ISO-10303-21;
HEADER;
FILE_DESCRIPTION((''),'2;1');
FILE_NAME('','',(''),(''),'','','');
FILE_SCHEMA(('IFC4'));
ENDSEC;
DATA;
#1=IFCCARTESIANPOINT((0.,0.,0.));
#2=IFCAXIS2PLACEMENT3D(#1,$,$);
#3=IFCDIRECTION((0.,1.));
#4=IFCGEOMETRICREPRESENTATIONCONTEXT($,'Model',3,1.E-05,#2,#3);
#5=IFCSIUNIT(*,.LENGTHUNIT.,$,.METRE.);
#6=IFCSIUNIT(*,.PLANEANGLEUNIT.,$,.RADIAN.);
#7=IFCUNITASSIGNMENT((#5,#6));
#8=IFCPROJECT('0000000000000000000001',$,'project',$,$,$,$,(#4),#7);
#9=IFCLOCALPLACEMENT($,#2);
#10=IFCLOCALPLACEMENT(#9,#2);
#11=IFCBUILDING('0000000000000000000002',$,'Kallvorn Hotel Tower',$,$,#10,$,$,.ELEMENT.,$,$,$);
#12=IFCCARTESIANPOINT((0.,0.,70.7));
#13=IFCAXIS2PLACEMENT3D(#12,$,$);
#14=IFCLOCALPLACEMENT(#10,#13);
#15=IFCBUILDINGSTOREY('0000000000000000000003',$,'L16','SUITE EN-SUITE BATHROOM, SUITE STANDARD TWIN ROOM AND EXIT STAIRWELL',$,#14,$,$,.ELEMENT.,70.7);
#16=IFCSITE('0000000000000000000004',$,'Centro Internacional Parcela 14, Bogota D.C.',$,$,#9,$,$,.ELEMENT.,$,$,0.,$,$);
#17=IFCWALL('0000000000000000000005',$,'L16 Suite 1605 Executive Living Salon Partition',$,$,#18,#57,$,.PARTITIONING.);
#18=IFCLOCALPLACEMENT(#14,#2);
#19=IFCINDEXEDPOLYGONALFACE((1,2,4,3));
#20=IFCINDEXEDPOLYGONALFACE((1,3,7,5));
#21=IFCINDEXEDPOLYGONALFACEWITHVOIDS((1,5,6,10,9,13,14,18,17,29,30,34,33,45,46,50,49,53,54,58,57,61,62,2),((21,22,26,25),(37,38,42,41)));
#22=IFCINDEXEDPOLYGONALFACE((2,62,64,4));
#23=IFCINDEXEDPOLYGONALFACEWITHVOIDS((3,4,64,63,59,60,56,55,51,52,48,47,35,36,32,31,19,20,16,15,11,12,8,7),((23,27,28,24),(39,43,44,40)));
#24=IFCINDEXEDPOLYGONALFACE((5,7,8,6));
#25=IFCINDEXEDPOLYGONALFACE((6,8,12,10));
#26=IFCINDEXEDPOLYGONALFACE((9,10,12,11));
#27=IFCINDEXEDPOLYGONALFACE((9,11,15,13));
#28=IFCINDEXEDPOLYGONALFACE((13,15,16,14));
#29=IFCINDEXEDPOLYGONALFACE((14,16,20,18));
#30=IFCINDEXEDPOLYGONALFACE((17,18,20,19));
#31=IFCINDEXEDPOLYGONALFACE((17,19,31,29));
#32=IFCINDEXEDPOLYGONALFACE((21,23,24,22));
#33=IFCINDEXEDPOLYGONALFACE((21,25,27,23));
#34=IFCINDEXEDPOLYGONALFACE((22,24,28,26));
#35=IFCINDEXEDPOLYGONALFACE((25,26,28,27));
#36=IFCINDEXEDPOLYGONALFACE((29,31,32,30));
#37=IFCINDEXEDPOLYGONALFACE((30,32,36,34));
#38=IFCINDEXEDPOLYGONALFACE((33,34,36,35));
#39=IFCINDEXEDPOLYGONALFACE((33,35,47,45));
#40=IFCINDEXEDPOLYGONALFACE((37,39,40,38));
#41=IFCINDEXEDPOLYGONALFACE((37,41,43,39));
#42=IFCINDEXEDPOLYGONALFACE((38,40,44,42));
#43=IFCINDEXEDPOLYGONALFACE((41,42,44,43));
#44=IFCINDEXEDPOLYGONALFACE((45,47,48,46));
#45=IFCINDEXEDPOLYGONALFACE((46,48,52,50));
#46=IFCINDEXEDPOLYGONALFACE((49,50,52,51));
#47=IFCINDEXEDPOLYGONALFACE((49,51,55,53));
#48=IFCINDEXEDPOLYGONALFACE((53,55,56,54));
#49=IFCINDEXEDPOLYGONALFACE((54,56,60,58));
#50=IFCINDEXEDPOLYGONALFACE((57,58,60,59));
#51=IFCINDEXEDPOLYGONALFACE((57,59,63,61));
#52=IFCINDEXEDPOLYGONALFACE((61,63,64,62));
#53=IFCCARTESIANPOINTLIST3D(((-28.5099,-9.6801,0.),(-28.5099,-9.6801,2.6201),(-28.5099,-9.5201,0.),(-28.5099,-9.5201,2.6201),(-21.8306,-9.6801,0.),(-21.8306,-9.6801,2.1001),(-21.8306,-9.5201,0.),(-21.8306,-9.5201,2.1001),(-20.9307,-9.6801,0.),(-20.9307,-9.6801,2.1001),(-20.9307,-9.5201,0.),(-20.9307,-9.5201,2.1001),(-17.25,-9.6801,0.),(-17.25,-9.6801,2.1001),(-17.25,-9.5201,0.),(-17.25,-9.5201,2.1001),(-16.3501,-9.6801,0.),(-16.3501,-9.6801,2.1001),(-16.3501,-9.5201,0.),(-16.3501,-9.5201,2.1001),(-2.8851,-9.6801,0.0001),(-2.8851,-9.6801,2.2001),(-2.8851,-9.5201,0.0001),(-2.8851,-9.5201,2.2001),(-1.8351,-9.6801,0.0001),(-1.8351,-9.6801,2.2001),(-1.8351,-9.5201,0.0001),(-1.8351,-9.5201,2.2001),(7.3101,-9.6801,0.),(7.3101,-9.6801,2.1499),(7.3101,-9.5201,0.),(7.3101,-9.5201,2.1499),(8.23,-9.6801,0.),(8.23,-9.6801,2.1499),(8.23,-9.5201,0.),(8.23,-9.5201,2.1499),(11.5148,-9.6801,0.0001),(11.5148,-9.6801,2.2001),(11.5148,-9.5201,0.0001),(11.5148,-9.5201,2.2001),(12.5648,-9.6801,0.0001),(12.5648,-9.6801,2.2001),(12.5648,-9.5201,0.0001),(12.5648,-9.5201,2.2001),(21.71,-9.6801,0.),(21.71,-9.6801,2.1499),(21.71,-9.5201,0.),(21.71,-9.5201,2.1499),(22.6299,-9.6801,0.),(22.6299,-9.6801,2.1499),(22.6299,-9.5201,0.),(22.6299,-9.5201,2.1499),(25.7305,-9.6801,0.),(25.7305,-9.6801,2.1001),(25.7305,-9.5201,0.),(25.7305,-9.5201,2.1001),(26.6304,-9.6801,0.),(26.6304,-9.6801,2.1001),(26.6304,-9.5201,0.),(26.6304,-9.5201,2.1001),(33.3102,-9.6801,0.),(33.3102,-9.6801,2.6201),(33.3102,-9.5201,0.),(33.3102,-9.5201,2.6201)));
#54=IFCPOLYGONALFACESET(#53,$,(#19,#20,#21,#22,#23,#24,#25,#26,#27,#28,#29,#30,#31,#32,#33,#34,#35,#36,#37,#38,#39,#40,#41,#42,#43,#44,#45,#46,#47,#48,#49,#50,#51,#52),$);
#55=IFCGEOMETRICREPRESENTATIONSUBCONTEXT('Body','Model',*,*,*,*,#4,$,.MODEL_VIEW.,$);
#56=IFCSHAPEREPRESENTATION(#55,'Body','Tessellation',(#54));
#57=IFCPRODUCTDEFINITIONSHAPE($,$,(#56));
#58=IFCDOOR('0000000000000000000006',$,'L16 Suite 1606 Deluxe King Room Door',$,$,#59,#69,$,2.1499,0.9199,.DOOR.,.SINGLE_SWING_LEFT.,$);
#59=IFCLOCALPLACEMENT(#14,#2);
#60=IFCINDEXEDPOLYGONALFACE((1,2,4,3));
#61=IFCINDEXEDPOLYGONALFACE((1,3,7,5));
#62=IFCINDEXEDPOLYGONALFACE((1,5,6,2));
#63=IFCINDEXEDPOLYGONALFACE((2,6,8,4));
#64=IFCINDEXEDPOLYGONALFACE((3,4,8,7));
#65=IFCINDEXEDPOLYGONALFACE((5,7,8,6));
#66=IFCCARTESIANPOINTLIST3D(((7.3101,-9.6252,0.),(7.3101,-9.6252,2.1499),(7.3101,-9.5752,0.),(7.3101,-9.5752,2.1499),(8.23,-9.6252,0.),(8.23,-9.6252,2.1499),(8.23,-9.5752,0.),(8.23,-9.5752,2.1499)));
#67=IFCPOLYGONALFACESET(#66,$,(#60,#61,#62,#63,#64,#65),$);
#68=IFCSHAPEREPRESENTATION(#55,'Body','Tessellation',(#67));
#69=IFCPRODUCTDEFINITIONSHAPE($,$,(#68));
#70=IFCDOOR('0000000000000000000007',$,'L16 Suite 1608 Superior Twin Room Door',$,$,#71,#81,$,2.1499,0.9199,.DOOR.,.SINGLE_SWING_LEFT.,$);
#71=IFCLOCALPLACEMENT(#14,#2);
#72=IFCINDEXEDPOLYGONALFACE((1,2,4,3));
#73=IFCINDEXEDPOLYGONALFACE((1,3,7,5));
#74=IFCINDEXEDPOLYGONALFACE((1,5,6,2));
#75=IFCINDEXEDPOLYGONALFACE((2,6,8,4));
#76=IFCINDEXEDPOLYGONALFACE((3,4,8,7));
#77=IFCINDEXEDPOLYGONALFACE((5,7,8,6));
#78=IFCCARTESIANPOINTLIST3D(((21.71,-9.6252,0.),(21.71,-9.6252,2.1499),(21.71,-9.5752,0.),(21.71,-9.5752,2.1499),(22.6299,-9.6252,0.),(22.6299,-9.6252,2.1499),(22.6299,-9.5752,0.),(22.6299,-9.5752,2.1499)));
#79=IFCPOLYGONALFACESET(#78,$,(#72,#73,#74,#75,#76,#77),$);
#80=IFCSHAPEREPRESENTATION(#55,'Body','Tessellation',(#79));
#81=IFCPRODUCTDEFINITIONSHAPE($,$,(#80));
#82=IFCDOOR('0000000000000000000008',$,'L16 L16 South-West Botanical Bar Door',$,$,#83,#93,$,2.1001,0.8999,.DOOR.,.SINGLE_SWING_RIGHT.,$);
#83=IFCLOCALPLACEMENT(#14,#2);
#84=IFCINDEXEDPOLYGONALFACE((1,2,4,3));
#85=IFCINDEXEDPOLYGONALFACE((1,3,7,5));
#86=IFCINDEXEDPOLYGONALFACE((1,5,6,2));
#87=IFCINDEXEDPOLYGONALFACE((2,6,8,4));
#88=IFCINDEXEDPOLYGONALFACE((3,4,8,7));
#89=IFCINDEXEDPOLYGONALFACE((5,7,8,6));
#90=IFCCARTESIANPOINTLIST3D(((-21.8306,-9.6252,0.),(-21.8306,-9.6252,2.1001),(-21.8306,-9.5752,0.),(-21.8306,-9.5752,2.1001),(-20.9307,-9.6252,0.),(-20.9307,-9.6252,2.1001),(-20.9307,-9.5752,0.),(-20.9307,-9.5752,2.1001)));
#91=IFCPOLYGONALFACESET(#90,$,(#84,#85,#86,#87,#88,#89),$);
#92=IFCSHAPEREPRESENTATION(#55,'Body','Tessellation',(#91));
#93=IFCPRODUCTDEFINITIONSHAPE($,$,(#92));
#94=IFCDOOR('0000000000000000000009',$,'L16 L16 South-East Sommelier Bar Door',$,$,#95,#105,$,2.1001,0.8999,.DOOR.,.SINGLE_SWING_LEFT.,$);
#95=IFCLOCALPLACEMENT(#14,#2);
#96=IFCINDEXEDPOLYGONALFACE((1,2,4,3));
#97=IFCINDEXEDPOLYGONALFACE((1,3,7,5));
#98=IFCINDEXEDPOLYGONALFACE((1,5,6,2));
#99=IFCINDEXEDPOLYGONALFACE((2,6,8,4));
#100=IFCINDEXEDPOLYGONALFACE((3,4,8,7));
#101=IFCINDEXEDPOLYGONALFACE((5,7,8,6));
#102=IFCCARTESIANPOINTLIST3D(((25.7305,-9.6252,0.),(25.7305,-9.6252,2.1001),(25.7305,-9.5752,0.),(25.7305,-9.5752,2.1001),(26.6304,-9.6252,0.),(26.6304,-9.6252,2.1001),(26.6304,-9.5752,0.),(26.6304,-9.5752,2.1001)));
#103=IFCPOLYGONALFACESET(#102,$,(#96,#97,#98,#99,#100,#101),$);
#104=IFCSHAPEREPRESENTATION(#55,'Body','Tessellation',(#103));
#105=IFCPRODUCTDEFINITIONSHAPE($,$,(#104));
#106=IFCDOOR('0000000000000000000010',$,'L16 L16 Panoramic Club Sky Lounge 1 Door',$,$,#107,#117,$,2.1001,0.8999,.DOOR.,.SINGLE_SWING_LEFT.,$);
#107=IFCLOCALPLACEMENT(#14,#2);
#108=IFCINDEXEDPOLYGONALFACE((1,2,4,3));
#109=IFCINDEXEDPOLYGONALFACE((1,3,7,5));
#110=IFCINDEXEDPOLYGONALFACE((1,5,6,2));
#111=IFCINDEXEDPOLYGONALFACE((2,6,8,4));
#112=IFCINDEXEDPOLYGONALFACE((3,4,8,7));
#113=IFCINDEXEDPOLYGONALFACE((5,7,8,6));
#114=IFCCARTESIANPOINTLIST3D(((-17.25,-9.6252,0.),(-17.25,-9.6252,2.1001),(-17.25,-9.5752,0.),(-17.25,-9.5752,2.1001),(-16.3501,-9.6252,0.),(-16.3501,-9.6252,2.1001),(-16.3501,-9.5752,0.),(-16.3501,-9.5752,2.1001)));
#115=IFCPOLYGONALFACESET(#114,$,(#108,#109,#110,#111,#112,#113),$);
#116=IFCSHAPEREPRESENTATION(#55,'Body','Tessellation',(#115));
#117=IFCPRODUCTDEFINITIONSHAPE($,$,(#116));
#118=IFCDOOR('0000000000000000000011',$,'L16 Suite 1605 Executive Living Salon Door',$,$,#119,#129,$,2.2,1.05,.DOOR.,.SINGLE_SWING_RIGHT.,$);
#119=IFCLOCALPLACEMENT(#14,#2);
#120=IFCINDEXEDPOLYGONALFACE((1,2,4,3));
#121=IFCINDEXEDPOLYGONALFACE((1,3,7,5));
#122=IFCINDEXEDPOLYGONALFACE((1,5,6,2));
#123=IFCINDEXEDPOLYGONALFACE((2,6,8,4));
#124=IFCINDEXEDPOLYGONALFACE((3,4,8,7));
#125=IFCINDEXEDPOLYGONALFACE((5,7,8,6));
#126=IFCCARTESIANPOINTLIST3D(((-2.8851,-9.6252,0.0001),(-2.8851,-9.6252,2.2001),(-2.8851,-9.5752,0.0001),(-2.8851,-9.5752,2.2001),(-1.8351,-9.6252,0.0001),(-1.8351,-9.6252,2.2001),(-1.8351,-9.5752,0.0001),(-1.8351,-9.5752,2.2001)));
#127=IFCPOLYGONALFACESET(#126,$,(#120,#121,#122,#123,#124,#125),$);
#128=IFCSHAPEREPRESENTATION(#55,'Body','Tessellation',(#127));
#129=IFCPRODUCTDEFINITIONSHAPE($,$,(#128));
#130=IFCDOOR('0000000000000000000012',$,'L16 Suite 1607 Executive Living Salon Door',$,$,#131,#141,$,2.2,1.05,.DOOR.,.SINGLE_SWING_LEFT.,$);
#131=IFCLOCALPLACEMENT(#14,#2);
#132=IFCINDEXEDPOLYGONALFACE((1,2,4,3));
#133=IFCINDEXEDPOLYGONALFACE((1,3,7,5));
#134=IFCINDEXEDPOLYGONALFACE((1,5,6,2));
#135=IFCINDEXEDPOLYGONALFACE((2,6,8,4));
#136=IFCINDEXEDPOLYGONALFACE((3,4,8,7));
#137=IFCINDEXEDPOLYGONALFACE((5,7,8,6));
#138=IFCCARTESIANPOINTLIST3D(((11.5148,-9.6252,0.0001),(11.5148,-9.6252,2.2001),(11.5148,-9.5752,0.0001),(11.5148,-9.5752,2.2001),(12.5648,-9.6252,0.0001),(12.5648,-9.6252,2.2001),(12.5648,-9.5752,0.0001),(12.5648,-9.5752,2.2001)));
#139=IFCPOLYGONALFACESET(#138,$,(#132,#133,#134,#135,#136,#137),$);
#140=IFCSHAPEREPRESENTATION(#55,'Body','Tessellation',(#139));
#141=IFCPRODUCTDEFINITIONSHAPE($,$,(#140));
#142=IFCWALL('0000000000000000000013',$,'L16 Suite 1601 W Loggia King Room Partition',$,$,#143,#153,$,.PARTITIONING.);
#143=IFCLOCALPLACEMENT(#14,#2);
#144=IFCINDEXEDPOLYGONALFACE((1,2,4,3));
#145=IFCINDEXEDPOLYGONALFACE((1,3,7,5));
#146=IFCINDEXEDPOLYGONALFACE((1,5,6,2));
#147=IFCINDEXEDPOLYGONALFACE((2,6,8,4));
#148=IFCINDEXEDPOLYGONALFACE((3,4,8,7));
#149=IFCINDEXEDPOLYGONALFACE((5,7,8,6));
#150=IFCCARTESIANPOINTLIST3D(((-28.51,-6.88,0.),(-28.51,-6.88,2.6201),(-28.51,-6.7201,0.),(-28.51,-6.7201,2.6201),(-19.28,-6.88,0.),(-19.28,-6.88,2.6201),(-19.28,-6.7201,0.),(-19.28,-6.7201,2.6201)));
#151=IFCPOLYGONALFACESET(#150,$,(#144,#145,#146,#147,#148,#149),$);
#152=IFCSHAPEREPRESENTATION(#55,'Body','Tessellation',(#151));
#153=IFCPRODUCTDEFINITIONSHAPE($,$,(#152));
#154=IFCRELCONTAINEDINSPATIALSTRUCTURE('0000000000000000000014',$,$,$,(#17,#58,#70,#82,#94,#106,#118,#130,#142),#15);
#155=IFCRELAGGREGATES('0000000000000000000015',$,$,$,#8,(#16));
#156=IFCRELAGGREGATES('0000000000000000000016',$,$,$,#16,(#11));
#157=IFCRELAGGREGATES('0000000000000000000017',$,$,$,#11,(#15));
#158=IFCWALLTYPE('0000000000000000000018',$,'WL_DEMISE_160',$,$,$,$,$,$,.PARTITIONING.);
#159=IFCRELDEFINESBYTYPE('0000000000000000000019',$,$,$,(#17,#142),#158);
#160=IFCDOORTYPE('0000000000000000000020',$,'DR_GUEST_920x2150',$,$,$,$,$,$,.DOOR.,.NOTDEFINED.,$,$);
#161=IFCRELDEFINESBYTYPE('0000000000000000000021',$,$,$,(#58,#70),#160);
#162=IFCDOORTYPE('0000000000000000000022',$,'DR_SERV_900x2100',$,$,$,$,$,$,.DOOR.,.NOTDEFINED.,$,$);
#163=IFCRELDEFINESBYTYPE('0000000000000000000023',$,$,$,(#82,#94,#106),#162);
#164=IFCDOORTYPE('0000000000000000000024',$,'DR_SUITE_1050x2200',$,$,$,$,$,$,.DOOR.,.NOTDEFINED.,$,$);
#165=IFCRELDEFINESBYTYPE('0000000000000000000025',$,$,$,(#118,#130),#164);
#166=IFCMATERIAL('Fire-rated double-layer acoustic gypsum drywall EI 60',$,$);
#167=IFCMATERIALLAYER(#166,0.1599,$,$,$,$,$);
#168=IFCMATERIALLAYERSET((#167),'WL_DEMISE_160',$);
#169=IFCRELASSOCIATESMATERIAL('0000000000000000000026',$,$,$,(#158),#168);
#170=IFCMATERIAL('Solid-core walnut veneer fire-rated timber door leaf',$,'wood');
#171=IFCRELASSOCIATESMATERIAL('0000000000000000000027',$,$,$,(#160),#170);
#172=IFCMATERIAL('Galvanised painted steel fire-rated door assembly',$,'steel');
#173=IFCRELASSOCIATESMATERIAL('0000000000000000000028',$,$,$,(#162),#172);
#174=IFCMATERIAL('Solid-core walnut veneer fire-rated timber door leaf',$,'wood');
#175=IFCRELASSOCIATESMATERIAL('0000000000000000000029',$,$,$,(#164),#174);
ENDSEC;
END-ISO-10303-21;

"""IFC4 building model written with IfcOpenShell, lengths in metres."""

from ifc_helpers import new_model, si_unit, direction, frame, frame_2d, origin, place, context, subcontext, project, spatial, rectangle, extrude, material, layer, layer_set, type_object, element, fill, save


model = new_model("IFC4")

# Units and contexts
model_context = context("Model", 3, precision=1e-05, world=origin(), true_north=direction((0.0, 1.0)))
body_context = subcontext(model_context, "Body", "Model", "MODEL_VIEW")
ifc_project = project(units=[si_unit("LENGTHUNIT", "METRE"), si_unit("PLANEANGLEUNIT", "RADIAN")], contexts=[model_context])

# Site, building, storey
site_placement = place(None, origin())
site = spatial("IfcSite", under=ifc_project, at=site_placement, Name="Centro Internacional Parcela 14, Bogota D.C.", CompositionType="ELEMENT", RefElevation=0.0)
building_placement = place(site_placement, origin())
building = spatial("IfcBuilding", under=site, at=building_placement, Name="Kallvorn Hotel Tower", CompositionType="ELEMENT")
storey_placement = place(building_placement, frame((0.0, 0.0, 70.7)))
storey = spatial("IfcBuildingStorey", under=building, at=storey_placement, Name="L16", Description="SUITE EN-SUITE BATHROOM, SUITE STANDARD TWIN ROOM AND EXIT STAIRWELL", CompositionType="ELEMENT", Elevation=70.7)

# Wall, openings, doors
ifc_material_1 = material(Name="Fire-rated double-layer acoustic gypsum drywall EI 60")
ifc_layer = layer(ifc_material_1, 0.1599)
ifc_layer_set = layer_set([ifc_layer], Name="WL_DEMISE_160")
wall_type = type_object("IfcWallType", Name="WL_DEMISE_160", PredefinedType="PARTITIONING", material=ifc_layer_set)
wall_1_placement = place(storey_placement, frame((-28.51, -9.6001, 0.0), z_axis=(0.0, 0.0, 1.0), x_axis=(1.0, 0.0, 0.0)))
wall_1 = element("IfcWall", 1, at=wall_1_placement, inside=storey, type_object=wall_type, Name="L16 Suite 1605 Executive Living Salon Partition", PredefinedType="PARTITIONING", context=body_context, shape_type="SweptSolid", body=[
    extrude(rectangle(XDim=61.8201, YDim=0.1599, at=frame_2d((30.9102, 0.0))), origin(), (0.0, 0.0, 1.0), 2.6201),
])
opening_1_placement = place(wall_1_placement, frame((6.6794, 0.0, 0.0)))
opening_1 = element("IfcOpeningElement", 2, at=opening_1_placement, cuts=wall_1, PredefinedType="OPENING", context=body_context, shape_type="SweptSolid", body=[
    extrude(rectangle(XDim=0.8999, YDim=2.1001, at=frame_2d((0.45, 1.05))), frame((0.0, 0.095, 0.0), z_axis=(0.0, -1.0, 0.0), x_axis=(1.0, 0.0, 0.0)), (0.0, 0.0, 1.0), 0.1899),
])
opening_2_placement = place(wall_1_placement, frame((54.2405, 0.0, 0.0)))
opening_2 = element("IfcOpeningElement", 3, at=opening_2_placement, cuts=wall_1, PredefinedType="OPENING", context=body_context, shape_type="SweptSolid", body=[
    extrude(rectangle(XDim=0.8999, YDim=2.1001, at=frame_2d((0.45, 1.05))), frame((0.0, 0.095, 0.0), z_axis=(0.0, -1.0, 0.0), x_axis=(1.0, 0.0, 0.0)), (0.0, 0.0, 1.0), 0.1899),
])
opening_3_placement = place(wall_1_placement, frame((11.26, 0.0, 0.0)))
opening_3 = element("IfcOpeningElement", 4, at=opening_3_placement, cuts=wall_1, PredefinedType="OPENING", context=body_context, shape_type="SweptSolid", body=[
    extrude(rectangle(XDim=0.8999, YDim=2.1001, at=frame_2d((0.45, 1.05))), frame((0.0, 0.095, 0.0), z_axis=(0.0, -1.0, 0.0), x_axis=(1.0, 0.0, 0.0)), (0.0, 0.0, 1.0), 0.1899),
])
opening_4_placement = place(wall_1_placement, frame((25.625, 0.0, 0.0)))
opening_4 = element("IfcOpeningElement", 5, at=opening_4_placement, cuts=wall_1, PredefinedType="OPENING", context=body_context, shape_type="SweptSolid", body=[
    extrude(rectangle(XDim=1.05, YDim=2.2, at=frame_2d((0.5249, 1.1001))), frame((0.0, 0.095, 0.0), z_axis=(0.0, -1.0, 0.0), x_axis=(1.0, 0.0, 0.0)), (0.0, 0.0, 1.0), 0.1899),
])
opening_5_placement = place(wall_1_placement, frame((35.8201, 0.0, 0.0)))
opening_5 = element("IfcOpeningElement", 6, at=opening_5_placement, cuts=wall_1, PredefinedType="OPENING", context=body_context, shape_type="SweptSolid", body=[
    extrude(rectangle(XDim=0.9199, YDim=2.1499, at=frame_2d((0.46, 1.075))), frame((0.0, 0.095, 0.0), z_axis=(0.0, -1.0, 0.0), x_axis=(1.0, 0.0, 0.0)), (0.0, 0.0, 1.0), 0.1899),
])
opening_6_placement = place(wall_1_placement, frame((40.0249, 0.0, 0.0)))
opening_6 = element("IfcOpeningElement", 7, at=opening_6_placement, cuts=wall_1, PredefinedType="OPENING", context=body_context, shape_type="SweptSolid", body=[
    extrude(rectangle(XDim=1.05, YDim=2.2, at=frame_2d((0.5249, 1.1001))), frame((0.0, 0.095, 0.0), z_axis=(0.0, -1.0, 0.0), x_axis=(1.0, 0.0, 0.0)), (0.0, 0.0, 1.0), 0.1899),
])
opening_7_placement = place(wall_1_placement, frame((50.22, 0.0, 0.0)))
opening_7 = element("IfcOpeningElement", 8, at=opening_7_placement, cuts=wall_1, PredefinedType="OPENING", context=body_context, shape_type="SweptSolid", body=[
    extrude(rectangle(XDim=0.9199, YDim=2.1499, at=frame_2d((0.46, 1.075))), frame((0.0, 0.095, 0.0), z_axis=(0.0, -1.0, 0.0), x_axis=(1.0, 0.0, 0.0)), (0.0, 0.0, 1.0), 0.1899),
])
ifc_material_2 = material(Name="Solid-core walnut veneer fire-rated timber door leaf", Category="wood")
door_type_1 = type_object("IfcDoorType", Name="DR_GUEST_920x2150", OperationType="NOTDEFINED", PredefinedType="DOOR", material=ifc_material_2)
door_1_placement = place(opening_5_placement, origin())
door_1 = element("IfcDoor", 9, at=door_1_placement, inside=storey, type_object=door_type_1, Name="L16 Suite 1606 Deluxe King Room Door", OperationType="SINGLE_SWING_LEFT", OverallHeight=2.1499, OverallWidth=0.9199, PredefinedType="DOOR", context=body_context, shape_type="SweptSolid", body=[
    extrude(rectangle(XDim=0.9199, YDim=2.1499, at=frame_2d((0.46, 1.075))), frame((0.0, 0.0249, 0.0), z_axis=(0.0, -1.0, 0.0), x_axis=(1.0, 0.0, 0.0)), (0.0, 0.0, 1.0), 0.05),
])
fill(opening_5, door_1)
door_2_placement = place(opening_7_placement, origin())
door_2 = element("IfcDoor", 10, at=door_2_placement, inside=storey, type_object=door_type_1, Name="L16 Suite 1608 Superior Twin Room Door", OperationType="SINGLE_SWING_LEFT", OverallHeight=2.1499, OverallWidth=0.9199, PredefinedType="DOOR", context=body_context, shape_type="SweptSolid", body=[
    extrude(rectangle(XDim=0.9199, YDim=2.1499, at=frame_2d((0.46, 1.075))), frame((0.0, 0.0249, 0.0), z_axis=(0.0, -1.0, 0.0), x_axis=(1.0, 0.0, 0.0)), (0.0, 0.0, 1.0), 0.05),
])
fill(opening_7, door_2)
ifc_material_3 = material(Name="Galvanised painted steel fire-rated door assembly", Category="steel")
door_type_2 = type_object("IfcDoorType", Name="DR_SERV_900x2100", OperationType="NOTDEFINED", PredefinedType="DOOR", material=ifc_material_3)
door_3_placement = place(opening_1_placement, origin())
door_3 = element("IfcDoor", 11, at=door_3_placement, inside=storey, type_object=door_type_2, Name="L16 L16 South-West Botanical Bar Door", OperationType="SINGLE_SWING_RIGHT", OverallHeight=2.1001, OverallWidth=0.8999, PredefinedType="DOOR", context=body_context, shape_type="SweptSolid", body=[
    extrude(rectangle(XDim=0.8999, YDim=2.1001, at=frame_2d((0.45, 1.05))), frame((0.0, 0.0249, 0.0), z_axis=(0.0, -1.0, 0.0), x_axis=(1.0, 0.0, 0.0)), (0.0, 0.0, 1.0), 0.05),
])
fill(opening_1, door_3)
door_4_placement = place(opening_2_placement, origin())
door_4 = element("IfcDoor", 12, at=door_4_placement, inside=storey, type_object=door_type_2, Name="L16 L16 South-East Sommelier Bar Door", OperationType="SINGLE_SWING_LEFT", OverallHeight=2.1001, OverallWidth=0.8999, PredefinedType="DOOR", context=body_context, shape_type="SweptSolid", body=[
    extrude(rectangle(XDim=0.8999, YDim=2.1001, at=frame_2d((0.45, 1.05))), frame((0.0, 0.0249, 0.0), z_axis=(0.0, -1.0, 0.0), x_axis=(1.0, 0.0, 0.0)), (0.0, 0.0, 1.0), 0.05),
])
fill(opening_2, door_4)
door_5_placement = place(opening_3_placement, origin())
door_5 = element("IfcDoor", 13, at=door_5_placement, inside=storey, type_object=door_type_2, Name="L16 L16 Panoramic Club Sky Lounge 1 Door", OperationType="SINGLE_SWING_LEFT", OverallHeight=2.1001, OverallWidth=0.8999, PredefinedType="DOOR", context=body_context, shape_type="SweptSolid", body=[
    extrude(rectangle(XDim=0.8999, YDim=2.1001, at=frame_2d((0.45, 1.05))), frame((0.0, 0.0249, 0.0), z_axis=(0.0, -1.0, 0.0), x_axis=(1.0, 0.0, 0.0)), (0.0, 0.0, 1.0), 0.05),
])
fill(opening_3, door_5)
ifc_material_4 = material(Name="Solid-core walnut veneer fire-rated timber door leaf", Category="wood")
door_type_3 = type_object("IfcDoorType", Name="DR_SUITE_1050x2200", OperationType="NOTDEFINED", PredefinedType="DOOR", material=ifc_material_4)
door_6_placement = place(opening_4_placement, origin())
door_6 = element("IfcDoor", 14, at=door_6_placement, inside=storey, type_object=door_type_3, Name="L16 Suite 1605 Executive Living Salon Door", OperationType="SINGLE_SWING_RIGHT", OverallHeight=2.2, OverallWidth=1.05, PredefinedType="DOOR", context=body_context, shape_type="SweptSolid", body=[
    extrude(rectangle(XDim=1.05, YDim=2.2, at=frame_2d((0.5249, 1.1001))), frame((0.0, 0.0249, 0.0), z_axis=(0.0, -1.0, 0.0), x_axis=(1.0, 0.0, 0.0)), (0.0, 0.0, 1.0), 0.05),
])
fill(opening_4, door_6)
door_7_placement = place(opening_6_placement, origin())
door_7 = element("IfcDoor", 15, at=door_7_placement, inside=storey, type_object=door_type_3, Name="L16 Suite 1607 Executive Living Salon Door", OperationType="SINGLE_SWING_LEFT", OverallHeight=2.2, OverallWidth=1.05, PredefinedType="DOOR", context=body_context, shape_type="SweptSolid", body=[
    extrude(rectangle(XDim=1.05, YDim=2.2, at=frame_2d((0.5249, 1.1001))), frame((0.0, 0.0249, 0.0), z_axis=(0.0, -1.0, 0.0), x_axis=(1.0, 0.0, 0.0)), (0.0, 0.0, 1.0), 0.05),
])
fill(opening_6, door_7)

# Wall
wall_2_placement = place(storey_placement, frame((-28.51, -6.8, 0.0), z_axis=(0.0, 0.0, 1.0), x_axis=(1.0, 0.0, 0.0)))
element("IfcWall", 16, at=wall_2_placement, inside=storey, type_object=wall_type, Name="L16 Suite 1601 W Loggia King Room Partition", PredefinedType="PARTITIONING", context=body_context, shape_type="SweptSolid", body=[
    extrude(rectangle(XDim=9.23, YDim=0.1599, at=frame_2d((4.615, 0.0))), origin(), (0.0, 0.0, 1.0), 2.6201),
])

save(model, "model.ifc")
